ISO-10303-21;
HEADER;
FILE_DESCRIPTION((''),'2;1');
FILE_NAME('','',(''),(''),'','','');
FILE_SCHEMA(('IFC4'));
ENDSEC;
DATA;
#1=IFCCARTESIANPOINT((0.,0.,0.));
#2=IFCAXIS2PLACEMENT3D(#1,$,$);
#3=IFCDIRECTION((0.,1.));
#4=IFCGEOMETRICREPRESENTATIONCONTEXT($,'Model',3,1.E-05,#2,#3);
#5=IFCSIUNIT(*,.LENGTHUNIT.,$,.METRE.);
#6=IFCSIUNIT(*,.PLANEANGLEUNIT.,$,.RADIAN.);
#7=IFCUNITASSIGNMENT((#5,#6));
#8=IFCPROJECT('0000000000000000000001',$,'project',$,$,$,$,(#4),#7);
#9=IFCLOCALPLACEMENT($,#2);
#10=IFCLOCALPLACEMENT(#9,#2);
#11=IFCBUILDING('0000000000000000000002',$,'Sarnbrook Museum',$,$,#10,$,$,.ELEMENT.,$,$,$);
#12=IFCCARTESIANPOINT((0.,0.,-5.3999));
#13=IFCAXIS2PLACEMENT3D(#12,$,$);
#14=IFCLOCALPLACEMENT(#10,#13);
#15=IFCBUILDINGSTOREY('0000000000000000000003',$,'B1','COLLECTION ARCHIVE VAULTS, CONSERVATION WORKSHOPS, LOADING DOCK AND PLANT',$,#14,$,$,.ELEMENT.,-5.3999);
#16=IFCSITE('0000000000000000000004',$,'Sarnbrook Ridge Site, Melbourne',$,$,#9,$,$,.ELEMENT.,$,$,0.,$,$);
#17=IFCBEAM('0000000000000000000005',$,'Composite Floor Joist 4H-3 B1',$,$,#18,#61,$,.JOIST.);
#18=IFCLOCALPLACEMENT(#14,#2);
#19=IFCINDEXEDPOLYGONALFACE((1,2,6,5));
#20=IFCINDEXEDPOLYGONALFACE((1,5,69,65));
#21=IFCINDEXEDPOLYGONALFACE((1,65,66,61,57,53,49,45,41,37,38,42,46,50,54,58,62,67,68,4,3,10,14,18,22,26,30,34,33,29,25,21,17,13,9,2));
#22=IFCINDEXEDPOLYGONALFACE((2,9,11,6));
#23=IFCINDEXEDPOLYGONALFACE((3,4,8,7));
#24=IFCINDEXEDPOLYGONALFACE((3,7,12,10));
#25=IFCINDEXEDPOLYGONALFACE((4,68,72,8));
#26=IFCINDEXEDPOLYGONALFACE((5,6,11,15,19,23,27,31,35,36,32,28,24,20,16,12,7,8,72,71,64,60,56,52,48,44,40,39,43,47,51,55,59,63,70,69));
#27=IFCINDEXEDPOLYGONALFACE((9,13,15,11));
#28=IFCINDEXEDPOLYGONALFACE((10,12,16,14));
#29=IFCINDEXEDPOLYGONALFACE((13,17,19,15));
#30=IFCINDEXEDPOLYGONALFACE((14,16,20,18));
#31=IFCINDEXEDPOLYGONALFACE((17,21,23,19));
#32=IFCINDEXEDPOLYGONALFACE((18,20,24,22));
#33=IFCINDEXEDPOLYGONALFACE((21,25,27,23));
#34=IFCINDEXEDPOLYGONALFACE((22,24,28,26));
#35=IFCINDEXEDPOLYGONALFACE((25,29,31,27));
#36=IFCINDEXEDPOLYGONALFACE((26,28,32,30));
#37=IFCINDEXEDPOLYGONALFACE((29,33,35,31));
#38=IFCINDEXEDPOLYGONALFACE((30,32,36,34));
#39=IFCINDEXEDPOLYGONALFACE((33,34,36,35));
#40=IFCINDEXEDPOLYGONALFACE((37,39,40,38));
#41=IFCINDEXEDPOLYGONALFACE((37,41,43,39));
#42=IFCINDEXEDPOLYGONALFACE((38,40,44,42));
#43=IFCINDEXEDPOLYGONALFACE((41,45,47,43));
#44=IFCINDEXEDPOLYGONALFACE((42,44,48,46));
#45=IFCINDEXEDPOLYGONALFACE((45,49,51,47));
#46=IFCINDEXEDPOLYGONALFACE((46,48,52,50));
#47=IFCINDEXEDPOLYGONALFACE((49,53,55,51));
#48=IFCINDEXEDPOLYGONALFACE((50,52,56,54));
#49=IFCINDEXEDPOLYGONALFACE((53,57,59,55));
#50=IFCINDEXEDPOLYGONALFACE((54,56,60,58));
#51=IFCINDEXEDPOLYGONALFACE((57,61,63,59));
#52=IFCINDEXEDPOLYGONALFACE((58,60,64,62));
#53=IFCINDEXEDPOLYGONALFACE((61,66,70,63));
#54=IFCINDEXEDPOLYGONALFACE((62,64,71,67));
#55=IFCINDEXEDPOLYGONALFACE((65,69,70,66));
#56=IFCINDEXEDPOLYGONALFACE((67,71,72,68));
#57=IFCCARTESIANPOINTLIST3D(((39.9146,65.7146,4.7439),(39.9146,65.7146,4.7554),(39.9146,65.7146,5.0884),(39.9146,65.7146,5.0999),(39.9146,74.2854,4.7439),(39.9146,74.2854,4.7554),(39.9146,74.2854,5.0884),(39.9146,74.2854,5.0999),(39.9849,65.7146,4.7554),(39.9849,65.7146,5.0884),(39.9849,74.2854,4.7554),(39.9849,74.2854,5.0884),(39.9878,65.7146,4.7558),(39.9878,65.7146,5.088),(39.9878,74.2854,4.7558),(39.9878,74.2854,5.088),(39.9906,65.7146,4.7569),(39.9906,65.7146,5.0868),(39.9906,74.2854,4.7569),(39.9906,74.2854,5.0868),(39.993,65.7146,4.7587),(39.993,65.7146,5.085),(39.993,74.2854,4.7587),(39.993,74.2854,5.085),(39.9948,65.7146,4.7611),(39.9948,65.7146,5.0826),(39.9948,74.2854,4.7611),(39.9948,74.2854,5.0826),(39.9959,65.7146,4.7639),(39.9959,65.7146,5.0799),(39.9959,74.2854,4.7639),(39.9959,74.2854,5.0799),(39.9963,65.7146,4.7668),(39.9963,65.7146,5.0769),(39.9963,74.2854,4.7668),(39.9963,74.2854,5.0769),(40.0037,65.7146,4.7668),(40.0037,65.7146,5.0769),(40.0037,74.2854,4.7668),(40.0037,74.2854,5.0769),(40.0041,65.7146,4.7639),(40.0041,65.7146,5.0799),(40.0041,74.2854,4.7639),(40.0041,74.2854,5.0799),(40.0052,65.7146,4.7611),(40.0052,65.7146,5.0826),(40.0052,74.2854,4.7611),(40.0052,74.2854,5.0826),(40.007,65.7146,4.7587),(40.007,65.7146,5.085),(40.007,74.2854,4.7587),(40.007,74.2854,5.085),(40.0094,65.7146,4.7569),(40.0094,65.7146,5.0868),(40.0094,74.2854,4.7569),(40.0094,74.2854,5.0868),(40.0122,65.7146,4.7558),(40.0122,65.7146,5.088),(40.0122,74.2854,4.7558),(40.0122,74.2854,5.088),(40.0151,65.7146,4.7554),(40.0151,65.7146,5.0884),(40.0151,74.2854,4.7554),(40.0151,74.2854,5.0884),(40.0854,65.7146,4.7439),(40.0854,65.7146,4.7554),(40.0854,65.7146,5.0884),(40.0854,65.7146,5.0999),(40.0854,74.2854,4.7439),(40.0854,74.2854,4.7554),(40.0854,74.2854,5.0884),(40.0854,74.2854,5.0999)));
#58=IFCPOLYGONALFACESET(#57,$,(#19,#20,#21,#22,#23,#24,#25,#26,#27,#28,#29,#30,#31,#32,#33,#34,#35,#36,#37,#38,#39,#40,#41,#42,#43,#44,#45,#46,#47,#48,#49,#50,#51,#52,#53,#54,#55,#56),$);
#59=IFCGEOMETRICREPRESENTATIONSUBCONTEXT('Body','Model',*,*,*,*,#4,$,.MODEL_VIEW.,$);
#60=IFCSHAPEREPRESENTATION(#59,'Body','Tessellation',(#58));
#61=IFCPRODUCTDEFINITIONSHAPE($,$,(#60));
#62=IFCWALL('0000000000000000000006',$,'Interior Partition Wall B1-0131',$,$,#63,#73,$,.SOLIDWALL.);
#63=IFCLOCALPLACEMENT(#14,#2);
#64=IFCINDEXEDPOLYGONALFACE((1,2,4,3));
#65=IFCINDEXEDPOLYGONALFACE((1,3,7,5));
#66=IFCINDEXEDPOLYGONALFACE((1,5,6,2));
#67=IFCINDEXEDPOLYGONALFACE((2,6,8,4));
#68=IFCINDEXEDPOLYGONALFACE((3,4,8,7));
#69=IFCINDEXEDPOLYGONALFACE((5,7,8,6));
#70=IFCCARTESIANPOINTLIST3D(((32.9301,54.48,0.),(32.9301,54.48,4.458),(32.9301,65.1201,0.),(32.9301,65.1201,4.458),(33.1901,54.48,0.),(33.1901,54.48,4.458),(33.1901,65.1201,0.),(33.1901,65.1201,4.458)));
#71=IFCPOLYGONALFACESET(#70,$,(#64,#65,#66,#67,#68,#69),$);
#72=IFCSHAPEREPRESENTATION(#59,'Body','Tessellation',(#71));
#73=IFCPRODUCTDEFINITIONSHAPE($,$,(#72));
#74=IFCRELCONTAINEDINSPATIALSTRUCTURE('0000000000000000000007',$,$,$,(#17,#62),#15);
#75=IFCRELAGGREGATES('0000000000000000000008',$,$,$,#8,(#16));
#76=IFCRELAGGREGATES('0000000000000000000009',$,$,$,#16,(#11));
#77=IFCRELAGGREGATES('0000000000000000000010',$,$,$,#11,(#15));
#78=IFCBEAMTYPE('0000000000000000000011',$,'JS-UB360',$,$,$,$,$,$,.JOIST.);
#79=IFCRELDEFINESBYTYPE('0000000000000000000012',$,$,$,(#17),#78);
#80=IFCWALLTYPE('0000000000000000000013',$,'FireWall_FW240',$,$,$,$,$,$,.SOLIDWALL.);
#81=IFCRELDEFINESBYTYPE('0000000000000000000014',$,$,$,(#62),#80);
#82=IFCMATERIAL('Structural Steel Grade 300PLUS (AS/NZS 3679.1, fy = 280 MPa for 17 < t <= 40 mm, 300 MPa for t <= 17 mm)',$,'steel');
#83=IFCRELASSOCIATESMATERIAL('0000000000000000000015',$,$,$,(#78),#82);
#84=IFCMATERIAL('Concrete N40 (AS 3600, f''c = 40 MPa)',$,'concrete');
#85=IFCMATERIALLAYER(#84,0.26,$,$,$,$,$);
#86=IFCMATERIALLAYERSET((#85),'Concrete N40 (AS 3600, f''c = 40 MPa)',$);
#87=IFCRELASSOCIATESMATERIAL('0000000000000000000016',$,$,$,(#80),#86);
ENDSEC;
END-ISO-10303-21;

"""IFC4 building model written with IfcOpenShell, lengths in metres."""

from ifc_helpers import new_model, si_unit, direction, frame, frame_2d, origin, origin_2d, place, context, subcontext, project, spatial, rectangle, i_section, extrude, material, layer, layer_set, material_profile, profile_set, type_object, element, save


model = new_model("IFC4")

# Units and contexts
model_context = context("Model", 3, precision=1e-05, world=origin(), true_north=direction((0.0, 1.0)))
body_context = subcontext(model_context, "Body", "Model", "MODEL_VIEW")
ifc_project = project(units=[si_unit("LENGTHUNIT", "METRE"), si_unit("PLANEANGLEUNIT", "RADIAN")], contexts=[model_context])

# Site, building, storey
site_placement = place(None, origin())
site = spatial("IfcSite", under=ifc_project, at=site_placement, Name="Sarnbrook Ridge Site, Melbourne", CompositionType="ELEMENT", RefElevation=0.0)
building_placement = place(site_placement, origin())
building = spatial("IfcBuilding", under=site, at=building_placement, Name="Sarnbrook Museum", CompositionType="ELEMENT")
storey_placement = place(building_placement, frame((0.0, 0.0, -5.3999)))
storey = spatial("IfcBuildingStorey", under=building, at=storey_placement, Name="B1", Description="COLLECTION ARCHIVE VAULTS, CONSERVATION WORKSHOPS, LOADING DOCK AND PLANT", CompositionType="ELEMENT", Elevation=-5.3999)

# Shared definitions
ifc_material_1 = material(Name="Concrete N40 (AS 3600, f'c = 40 MPa)", Category="concrete")

# Beam
ifc_material_2 = material(Name="Structural Steel Grade 300PLUS (AS/NZS 3679.1, fy = 280 MPa for 17 < t <= 40 mm, 300 MPa for t <= 17 mm)", Category="steel")
ifc_material_profile_1 = material_profile(ifc_material_2, i_section(OverallWidth=0.1709, OverallDepth=0.356, WebThickness=0.0073, FlangeThickness=0.0115, FilletRadius=0.0115, at=origin_2d()), Name="360UB50.7")
ifc_profile_set_1 = profile_set([ifc_material_profile_1], Name="Structural Steel Grade 300PLUS (AS/NZS 3679.1, fy = 280 MPa for 17 < t <= 40 mm, 300 MPa for t <= 17 mm)")
beam_type_1 = type_object("IfcBeamType", Name="JS-UB360", PredefinedType="JOIST", material=ifc_profile_set_1)
for number, where, z_axis, x_axis, name in (
    (1, (40.0, 65.7146, 4.9219), (0.0, 1.0, 0.0), (-1.0, 0.0, 0.0), "Composite Floor Joist 4H-3 B1"),
):
    element("IfcBeam", number, at=place(storey_placement, frame(where, z_axis=z_axis, x_axis=x_axis)), inside=storey, type_object=beam_type_1, Name=name, PredefinedType="JOIST", context=body_context, shape_type="SweptSolid", body=[
        extrude(i_section(OverallWidth=0.1709, OverallDepth=0.356, WebThickness=0.0073, FlangeThickness=0.0115, FilletRadius=0.0115, at=origin_2d()), origin(), (0.0, 0.0, 1.0), 8.5708),
    ])

# Wall
ifc_layer = layer(ifc_material_1, 0.26)
ifc_layer_set = layer_set([ifc_layer], Name="Concrete N40 (AS 3600, f'c = 40 MPa)")
wall_type = type_object("IfcWallType", Name="FireWall_FW240", PredefinedType="SOLIDWALL", material=ifc_layer_set)
wall_placement = place(storey_placement, frame((33.0601, 65.1201, 0.0), z_axis=(0.0, 0.0, 1.0), x_axis=(0.0, -1.0, 0.0)))
element("IfcWall", 2, at=wall_placement, inside=storey, type_object=wall_type, Name="Interior Partition Wall B1-0131", PredefinedType="SOLIDWALL", context=body_context, shape_type="SweptSolid", body=[
    extrude(rectangle(XDim=10.6401, YDim=0.26, at=frame_2d((5.3201, 0.0))), origin(), (0.0, 0.0, 1.0), 4.458),
])

save(model, "model.ifc")
